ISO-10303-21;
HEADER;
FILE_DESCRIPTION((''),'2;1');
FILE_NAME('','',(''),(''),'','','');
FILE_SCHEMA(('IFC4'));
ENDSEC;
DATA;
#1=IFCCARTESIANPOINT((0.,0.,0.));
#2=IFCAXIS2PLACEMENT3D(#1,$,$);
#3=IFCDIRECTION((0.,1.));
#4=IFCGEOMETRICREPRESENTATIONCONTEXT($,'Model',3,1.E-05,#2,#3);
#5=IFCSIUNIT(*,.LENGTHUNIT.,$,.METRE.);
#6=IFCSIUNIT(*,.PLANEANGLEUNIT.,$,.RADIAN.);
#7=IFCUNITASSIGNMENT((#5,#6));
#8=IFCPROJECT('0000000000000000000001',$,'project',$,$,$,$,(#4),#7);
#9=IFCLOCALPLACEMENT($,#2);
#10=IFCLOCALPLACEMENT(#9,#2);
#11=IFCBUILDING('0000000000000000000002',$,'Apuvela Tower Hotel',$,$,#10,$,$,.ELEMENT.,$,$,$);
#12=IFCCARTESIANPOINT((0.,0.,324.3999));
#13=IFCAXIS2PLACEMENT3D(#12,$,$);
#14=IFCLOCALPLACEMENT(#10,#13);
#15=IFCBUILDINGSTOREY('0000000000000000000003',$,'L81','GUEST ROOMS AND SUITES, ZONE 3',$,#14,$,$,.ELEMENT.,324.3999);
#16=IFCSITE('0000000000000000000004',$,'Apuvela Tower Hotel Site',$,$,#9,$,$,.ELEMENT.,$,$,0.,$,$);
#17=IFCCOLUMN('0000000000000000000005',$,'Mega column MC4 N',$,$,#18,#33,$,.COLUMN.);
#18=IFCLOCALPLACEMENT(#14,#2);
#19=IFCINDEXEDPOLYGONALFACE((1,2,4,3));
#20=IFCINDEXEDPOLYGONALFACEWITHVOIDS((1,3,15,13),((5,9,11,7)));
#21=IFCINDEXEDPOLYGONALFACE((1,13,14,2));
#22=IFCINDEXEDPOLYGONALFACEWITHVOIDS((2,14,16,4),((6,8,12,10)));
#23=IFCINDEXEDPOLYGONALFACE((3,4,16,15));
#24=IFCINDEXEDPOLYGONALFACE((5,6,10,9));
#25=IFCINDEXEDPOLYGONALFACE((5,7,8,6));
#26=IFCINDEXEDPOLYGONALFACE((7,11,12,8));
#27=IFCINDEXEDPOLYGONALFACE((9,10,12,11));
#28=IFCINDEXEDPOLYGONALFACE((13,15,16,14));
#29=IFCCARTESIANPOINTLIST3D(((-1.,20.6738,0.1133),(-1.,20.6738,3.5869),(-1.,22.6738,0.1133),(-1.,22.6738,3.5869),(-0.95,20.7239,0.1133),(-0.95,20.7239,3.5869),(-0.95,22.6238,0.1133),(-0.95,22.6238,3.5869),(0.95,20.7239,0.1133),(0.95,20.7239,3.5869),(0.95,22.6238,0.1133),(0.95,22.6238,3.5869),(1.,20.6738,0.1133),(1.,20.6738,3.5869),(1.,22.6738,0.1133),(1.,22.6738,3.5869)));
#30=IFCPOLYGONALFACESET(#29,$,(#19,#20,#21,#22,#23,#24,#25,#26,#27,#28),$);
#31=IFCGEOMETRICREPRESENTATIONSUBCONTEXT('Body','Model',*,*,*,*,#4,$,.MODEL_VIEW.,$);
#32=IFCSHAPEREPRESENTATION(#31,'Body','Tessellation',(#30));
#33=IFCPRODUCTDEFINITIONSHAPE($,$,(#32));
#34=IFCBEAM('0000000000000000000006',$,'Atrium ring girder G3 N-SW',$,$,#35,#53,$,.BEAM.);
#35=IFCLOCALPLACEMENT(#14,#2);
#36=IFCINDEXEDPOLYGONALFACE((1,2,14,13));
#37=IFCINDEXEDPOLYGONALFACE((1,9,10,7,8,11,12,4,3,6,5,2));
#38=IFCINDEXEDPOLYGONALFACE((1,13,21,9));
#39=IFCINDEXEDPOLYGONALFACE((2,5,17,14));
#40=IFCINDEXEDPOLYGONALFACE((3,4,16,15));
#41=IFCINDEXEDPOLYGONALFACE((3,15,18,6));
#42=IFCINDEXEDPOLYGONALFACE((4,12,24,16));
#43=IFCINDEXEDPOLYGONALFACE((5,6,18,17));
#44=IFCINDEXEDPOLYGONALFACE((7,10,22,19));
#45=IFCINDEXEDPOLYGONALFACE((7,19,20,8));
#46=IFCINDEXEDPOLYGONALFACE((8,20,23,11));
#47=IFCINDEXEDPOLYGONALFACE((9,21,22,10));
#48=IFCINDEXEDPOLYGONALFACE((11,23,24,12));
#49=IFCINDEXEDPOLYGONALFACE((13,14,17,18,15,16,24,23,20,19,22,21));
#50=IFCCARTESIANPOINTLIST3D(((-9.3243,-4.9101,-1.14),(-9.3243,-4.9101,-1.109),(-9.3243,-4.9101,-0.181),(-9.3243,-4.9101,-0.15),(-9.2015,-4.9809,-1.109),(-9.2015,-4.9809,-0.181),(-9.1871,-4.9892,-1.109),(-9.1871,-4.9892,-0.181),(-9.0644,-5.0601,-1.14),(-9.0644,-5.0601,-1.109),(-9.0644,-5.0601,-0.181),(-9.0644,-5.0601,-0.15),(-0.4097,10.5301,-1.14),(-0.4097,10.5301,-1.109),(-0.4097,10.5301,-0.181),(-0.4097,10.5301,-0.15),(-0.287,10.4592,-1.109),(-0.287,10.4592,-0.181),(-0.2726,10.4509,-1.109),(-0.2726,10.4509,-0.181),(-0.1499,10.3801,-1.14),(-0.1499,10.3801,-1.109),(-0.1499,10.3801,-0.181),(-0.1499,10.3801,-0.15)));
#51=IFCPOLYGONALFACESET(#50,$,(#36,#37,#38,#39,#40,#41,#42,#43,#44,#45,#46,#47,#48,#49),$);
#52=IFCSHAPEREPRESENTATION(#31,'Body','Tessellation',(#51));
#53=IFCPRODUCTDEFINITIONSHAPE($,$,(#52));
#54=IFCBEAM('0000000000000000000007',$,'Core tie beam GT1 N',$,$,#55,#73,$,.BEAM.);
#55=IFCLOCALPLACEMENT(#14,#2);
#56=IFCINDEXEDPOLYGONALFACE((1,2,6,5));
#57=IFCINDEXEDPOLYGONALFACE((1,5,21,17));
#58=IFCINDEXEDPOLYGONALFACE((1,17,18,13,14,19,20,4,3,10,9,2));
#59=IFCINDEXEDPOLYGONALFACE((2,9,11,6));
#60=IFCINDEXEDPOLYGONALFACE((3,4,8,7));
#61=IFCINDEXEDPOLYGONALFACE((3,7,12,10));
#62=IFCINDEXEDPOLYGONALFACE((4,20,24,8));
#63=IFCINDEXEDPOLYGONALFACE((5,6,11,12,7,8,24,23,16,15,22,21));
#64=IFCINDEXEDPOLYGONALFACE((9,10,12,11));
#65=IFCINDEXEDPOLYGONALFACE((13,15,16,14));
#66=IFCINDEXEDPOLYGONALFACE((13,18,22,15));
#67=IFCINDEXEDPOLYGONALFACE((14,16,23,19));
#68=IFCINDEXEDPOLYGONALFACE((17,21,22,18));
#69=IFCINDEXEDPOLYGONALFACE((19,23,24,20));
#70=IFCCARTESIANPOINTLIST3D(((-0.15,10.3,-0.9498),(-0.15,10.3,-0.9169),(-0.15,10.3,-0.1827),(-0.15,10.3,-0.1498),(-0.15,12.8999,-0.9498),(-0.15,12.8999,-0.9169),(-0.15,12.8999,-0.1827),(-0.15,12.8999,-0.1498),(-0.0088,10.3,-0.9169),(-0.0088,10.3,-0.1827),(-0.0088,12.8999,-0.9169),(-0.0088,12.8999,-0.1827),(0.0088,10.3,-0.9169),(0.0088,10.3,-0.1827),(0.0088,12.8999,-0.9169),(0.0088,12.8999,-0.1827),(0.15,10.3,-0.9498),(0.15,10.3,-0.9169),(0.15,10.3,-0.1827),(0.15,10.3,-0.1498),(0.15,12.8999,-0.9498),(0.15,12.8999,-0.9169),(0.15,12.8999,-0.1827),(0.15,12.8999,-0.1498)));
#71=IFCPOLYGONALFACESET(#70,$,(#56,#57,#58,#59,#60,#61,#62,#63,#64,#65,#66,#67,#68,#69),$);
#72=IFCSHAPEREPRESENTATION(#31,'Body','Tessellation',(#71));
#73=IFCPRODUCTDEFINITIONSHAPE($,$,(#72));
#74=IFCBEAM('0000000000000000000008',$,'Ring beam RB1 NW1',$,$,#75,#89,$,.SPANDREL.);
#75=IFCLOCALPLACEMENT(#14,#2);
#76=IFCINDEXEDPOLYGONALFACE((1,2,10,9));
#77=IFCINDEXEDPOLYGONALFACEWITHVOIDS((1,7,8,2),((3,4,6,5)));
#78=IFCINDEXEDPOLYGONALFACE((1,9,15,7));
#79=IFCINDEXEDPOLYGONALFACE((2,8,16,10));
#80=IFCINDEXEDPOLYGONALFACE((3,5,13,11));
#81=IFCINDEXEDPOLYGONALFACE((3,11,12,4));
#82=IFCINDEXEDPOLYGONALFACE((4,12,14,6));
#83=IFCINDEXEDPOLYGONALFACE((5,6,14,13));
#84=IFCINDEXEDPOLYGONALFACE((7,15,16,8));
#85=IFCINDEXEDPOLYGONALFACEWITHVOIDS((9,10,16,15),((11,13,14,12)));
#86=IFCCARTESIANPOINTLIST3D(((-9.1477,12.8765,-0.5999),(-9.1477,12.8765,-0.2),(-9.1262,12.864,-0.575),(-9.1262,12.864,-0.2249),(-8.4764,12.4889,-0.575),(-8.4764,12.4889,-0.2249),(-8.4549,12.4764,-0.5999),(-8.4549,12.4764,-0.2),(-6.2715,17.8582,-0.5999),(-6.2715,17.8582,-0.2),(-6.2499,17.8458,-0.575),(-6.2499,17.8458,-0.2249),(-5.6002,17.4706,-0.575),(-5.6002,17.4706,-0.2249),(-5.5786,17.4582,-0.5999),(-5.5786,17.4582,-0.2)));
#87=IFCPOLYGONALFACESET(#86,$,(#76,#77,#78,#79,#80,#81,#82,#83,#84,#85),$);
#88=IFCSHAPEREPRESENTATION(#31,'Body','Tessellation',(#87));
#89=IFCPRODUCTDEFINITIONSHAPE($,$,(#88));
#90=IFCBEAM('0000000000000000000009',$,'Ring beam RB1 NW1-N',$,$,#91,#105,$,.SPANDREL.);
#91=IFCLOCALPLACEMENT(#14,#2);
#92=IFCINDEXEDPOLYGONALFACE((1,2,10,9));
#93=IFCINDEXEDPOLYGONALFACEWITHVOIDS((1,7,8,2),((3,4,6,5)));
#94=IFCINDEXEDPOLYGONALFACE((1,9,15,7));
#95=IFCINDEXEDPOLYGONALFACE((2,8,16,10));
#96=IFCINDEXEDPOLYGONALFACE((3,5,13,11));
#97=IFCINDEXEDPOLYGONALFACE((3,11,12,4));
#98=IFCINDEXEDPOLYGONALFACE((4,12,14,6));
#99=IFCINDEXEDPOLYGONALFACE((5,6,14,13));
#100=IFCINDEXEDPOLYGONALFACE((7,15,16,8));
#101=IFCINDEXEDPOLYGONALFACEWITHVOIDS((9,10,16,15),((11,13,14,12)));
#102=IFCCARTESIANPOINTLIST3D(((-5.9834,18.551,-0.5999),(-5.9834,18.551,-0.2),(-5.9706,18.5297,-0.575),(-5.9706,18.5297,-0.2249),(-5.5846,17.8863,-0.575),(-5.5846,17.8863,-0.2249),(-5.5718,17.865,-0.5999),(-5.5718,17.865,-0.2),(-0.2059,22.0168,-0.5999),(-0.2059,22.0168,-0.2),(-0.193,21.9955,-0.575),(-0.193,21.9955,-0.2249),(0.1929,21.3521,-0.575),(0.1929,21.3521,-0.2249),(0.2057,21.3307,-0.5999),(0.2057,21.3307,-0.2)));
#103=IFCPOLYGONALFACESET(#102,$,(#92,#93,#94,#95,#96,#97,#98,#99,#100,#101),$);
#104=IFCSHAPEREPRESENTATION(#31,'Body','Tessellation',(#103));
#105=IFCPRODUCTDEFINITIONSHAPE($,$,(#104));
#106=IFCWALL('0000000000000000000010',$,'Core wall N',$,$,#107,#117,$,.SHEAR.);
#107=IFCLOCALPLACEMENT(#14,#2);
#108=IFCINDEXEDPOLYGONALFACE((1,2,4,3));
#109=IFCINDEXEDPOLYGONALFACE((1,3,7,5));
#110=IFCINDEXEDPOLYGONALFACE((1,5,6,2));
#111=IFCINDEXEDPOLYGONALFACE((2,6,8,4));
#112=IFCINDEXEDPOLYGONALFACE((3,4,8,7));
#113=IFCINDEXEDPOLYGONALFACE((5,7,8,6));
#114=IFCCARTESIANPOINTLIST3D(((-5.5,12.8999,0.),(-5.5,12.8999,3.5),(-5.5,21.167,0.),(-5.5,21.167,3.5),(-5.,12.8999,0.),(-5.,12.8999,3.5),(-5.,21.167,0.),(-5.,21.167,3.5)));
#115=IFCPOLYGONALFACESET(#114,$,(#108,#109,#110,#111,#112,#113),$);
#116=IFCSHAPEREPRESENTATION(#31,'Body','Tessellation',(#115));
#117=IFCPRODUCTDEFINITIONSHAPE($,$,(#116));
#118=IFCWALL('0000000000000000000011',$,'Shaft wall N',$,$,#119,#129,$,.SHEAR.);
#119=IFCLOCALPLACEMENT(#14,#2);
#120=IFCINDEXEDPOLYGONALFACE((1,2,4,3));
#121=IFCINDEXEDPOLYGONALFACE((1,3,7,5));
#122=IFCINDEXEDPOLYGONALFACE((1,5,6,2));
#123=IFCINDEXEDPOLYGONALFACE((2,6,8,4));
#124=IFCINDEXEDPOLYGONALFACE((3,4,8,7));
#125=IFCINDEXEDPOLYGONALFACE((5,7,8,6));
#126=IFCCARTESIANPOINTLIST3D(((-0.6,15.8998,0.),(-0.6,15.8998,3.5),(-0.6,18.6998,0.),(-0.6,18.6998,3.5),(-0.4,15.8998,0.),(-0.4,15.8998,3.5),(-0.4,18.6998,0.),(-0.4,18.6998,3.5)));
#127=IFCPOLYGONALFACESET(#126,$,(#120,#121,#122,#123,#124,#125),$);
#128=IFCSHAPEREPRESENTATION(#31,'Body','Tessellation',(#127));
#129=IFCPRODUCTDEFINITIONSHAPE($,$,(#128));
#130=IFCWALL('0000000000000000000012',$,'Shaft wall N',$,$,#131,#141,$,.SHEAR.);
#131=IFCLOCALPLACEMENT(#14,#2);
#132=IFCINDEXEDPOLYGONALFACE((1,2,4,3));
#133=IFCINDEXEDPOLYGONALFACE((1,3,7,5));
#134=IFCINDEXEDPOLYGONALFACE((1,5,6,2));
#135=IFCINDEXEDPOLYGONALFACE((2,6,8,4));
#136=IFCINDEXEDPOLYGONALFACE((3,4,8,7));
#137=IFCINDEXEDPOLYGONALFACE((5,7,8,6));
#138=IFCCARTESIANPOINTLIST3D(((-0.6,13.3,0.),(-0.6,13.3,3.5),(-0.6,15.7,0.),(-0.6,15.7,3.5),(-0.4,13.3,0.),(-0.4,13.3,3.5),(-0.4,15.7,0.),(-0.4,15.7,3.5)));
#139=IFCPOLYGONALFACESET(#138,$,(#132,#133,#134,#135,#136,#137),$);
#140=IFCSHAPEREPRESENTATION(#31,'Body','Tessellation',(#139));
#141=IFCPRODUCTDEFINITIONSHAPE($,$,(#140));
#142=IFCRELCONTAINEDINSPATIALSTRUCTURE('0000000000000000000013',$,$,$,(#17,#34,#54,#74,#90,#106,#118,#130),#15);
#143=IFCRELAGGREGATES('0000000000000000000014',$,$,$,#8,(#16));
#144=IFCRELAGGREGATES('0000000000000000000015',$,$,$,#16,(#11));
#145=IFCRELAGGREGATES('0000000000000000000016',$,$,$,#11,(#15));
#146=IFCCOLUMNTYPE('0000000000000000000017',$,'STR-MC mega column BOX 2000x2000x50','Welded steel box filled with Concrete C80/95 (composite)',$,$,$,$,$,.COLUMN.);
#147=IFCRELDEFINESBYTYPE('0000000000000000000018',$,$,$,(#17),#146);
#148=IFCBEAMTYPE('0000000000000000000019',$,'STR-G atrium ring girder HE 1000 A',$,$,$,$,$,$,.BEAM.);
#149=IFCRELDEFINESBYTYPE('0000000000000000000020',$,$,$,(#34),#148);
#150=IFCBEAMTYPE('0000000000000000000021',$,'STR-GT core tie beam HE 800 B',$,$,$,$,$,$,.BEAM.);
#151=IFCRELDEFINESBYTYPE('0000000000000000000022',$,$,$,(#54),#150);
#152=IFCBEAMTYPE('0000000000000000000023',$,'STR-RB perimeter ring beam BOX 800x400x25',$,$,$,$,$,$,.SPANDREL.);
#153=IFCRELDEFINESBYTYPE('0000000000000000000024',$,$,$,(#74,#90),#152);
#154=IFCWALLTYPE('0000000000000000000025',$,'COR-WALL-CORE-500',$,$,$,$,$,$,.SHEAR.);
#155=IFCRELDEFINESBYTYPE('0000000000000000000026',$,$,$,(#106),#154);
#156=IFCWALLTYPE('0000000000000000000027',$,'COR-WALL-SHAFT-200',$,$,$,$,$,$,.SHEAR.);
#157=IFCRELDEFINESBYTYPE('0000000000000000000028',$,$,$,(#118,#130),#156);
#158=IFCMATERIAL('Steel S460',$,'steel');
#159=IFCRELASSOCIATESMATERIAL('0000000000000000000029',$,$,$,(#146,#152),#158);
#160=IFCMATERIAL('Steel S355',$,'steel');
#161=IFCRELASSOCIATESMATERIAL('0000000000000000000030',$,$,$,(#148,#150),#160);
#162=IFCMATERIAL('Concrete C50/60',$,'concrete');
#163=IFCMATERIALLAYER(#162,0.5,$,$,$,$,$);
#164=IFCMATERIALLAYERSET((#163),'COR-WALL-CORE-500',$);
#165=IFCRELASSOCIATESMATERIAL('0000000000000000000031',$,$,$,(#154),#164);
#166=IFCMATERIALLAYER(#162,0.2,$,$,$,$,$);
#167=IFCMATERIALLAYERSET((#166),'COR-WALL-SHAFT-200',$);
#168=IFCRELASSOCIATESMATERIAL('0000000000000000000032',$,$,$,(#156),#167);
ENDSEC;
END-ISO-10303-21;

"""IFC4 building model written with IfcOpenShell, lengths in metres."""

from ifc_helpers import new_model, si_unit, direction, frame, frame_2d, origin, origin_2d, place, context, subcontext, project, spatial, rectangle, hollow_rectangle, i_section, extrude, boolean, halfspace, material, layer, layer_set, material_profile, profile_set, type_object, element, save


model = new_model("IFC4")

# Units and contexts
model_context = context("Model", 3, precision=1e-05, world=origin(), true_north=direction((0.0, 1.0)))
body_context = subcontext(model_context, "Body", "Model", "MODEL_VIEW")
ifc_project = project(units=[si_unit("LENGTHUNIT", "METRE"), si_unit("PLANEANGLEUNIT", "RADIAN")], contexts=[model_context])

# Site, building, storey
site_placement = place(None, origin())
site = spatial("IfcSite", under=ifc_project, at=site_placement, Name="Apuvela Tower Hotel Site", CompositionType="ELEMENT", RefElevation=0.0)
building_placement = place(site_placement, origin())
building = spatial("IfcBuilding", under=site, at=building_placement, Name="Apuvela Tower Hotel", CompositionType="ELEMENT")
storey_placement = place(building_placement, frame((0.0, 0.0, 324.3999)))
storey = spatial("IfcBuildingStorey", under=building, at=storey_placement, Name="L81", Description="GUEST ROOMS AND SUITES, ZONE 3", CompositionType="ELEMENT", Elevation=324.3999)

# Column
ifc_material_1 = material(Name="Steel S460", Category="steel")
ifc_material_profile_1 = material_profile(ifc_material_1, hollow_rectangle(XDim=2.0, YDim=2.0, WallThickness=0.05, at=origin_2d()), Name="BOX 2000x2000x50")
ifc_material_2 = material(Name="Concrete C80/95", Category="concrete")
ifc_material_profile_2 = material_profile(ifc_material_2, rectangle(XDim=1.8999, YDim=1.8999, at=origin_2d()), Name="Concrete C80/95 infill")
ifc_profile_set_1 = profile_set([ifc_material_profile_1, ifc_material_profile_2], Name="Steel S460")
column_type = type_object("IfcColumnType", Name="STR-MC mega column BOX 2000x2000x50", Description="Welded steel box filled with Concrete C80/95 (composite)", PredefinedType="COLUMN", material=ifc_profile_set_1)
column_placement = place(storey_placement, frame((0.0, 21.6738, 0.0), z_axis=(0.0, 0.0, 1.0), x_axis=(1.0, 0.0, 0.0)))
element("IfcColumn", 1, at=column_placement, inside=storey, type_object=column_type, Name="Mega column MC4 N", PredefinedType="COLUMN", context=body_context, shape_type="SweptSolid", body=[
    boolean("DIFFERENCE", boolean("DIFFERENCE", extrude(hollow_rectangle(XDim=2.0, YDim=2.0, WallThickness=0.05, at=origin_2d()), origin(), (0.0, 0.0, 1.0), 3.7002), halfspace(frame((0.0, 0.0, 0.1133), z_axis=(0.0, 0.0, 1.0), x_axis=(1.0, 0.0, 0.0)), True)), halfspace(frame((0.0, 0.0, 3.5869), z_axis=(0.0, 0.0, 1.0), x_axis=(1.0, 0.0, 0.0)), False)),
])

# Beams
ifc_material_3 = material(Name="Steel S355", Category="steel")
ifc_material_profile_3 = material_profile(ifc_material_3, i_section(OverallWidth=0.3, OverallDepth=0.99, WebThickness=0.0166, FlangeThickness=0.031, at=origin_2d()), Name="HE 1000 A")
ifc_profile_set_2 = profile_set([ifc_material_profile_3], Name="Steel S355")
beam_type_1 = type_object("IfcBeamType", Name="STR-G atrium ring girder HE 1000 A", PredefinedType="BEAM", material=ifc_profile_set_2)
beam_1_placement = place(storey_placement, frame((-0.2798, 10.4551, -0.645), z_axis=(-0.500007, -0.866022, 0.0), x_axis=(0.866022, -0.500007, 0.0)))
element("IfcBeam", 2, at=beam_1_placement, inside=storey, type_object=beam_type_1, Name="Atrium ring girder G3 N-SW", PredefinedType="BEAM", context=body_context, shape_type="SweptSolid", body=[
    extrude(i_section(OverallWidth=0.3, OverallDepth=0.99, WebThickness=0.0166, FlangeThickness=0.031, at=origin_2d()), origin(), (0.0, 0.0, 1.0), 17.8289),
])
ifc_material_profile_4 = material_profile(ifc_material_3, i_section(OverallWidth=0.3, OverallDepth=0.8, WebThickness=0.0176, FlangeThickness=0.033, at=origin_2d()), Name="HE 800 B")
ifc_profile_set_3 = profile_set([ifc_material_profile_4], Name="Steel S355")
beam_type_2 = type_object("IfcBeamType", Name="STR-GT core tie beam HE 800 B", PredefinedType="BEAM", material=ifc_profile_set_3)
beam_2_placement = place(storey_placement, frame((0.0, 12.8999, -0.5498), z_axis=(0.0, -1.0, 0.0), x_axis=(1.0, 0.0, 0.0)))
element("IfcBeam", 3, at=beam_2_placement, inside=storey, type_object=beam_type_2, Name="Core tie beam GT1 N", PredefinedType="BEAM", context=body_context, shape_type="SweptSolid", body=[
    extrude(i_section(OverallWidth=0.3, OverallDepth=0.8, WebThickness=0.0176, FlangeThickness=0.033, at=origin_2d()), origin(), (0.0, 0.0, 1.0), 2.5999),
])
ifc_material_profile_5 = material_profile(ifc_material_1, hollow_rectangle(XDim=0.8, YDim=0.3999, WallThickness=0.0249, at=origin_2d()), Name="BOX 800x400x25")
ifc_profile_set_4 = profile_set([ifc_material_profile_5], Name="Steel S460")
beam_type_3 = type_object("IfcBeamType", Name="STR-RB perimeter ring beam BOX 800x400x25", PredefinedType="SPANDREL", material=ifc_profile_set_4)
beam_3_placement = place(storey_placement, frame((-5.925, 17.6582, -0.3999), z_axis=(-0.500005, -0.866022, 0.0), x_axis=(0.866022, -0.500005, 0.0)))
element("IfcBeam", 4, at=beam_3_placement, inside=storey, type_object=beam_type_3, Name="Ring beam RB1 NW1", PredefinedType="SPANDREL", context=body_context, shape_type="SweptSolid", body=[
    extrude(hollow_rectangle(XDim=0.8, YDim=0.3999, WallThickness=0.0249, at=origin_2d()), origin(), (0.0, 0.0, 1.0), 5.7524),
])
beam_4_placement = place(storey_placement, frame((-5.7776, 18.208, -0.3999), z_axis=(0.857541, 0.514416, 0.0), x_axis=(-0.514416, 0.857541, 0.0)))
element("IfcBeam", 5, at=beam_4_placement, inside=storey, type_object=beam_type_3, Name="Ring beam RB1 NW1-N", PredefinedType="SPANDREL", context=body_context, shape_type="SweptSolid", body=[
    extrude(hollow_rectangle(XDim=0.8, YDim=0.3999, WallThickness=0.0249, at=origin_2d()), origin(), (0.0, 0.0, 1.0), 6.7373),
])

# Walls
ifc_material_4 = material(Name="Concrete C50/60", Category="concrete")
ifc_layer_1 = layer(ifc_material_4, 0.5)
ifc_layer_set_1 = layer_set([ifc_layer_1], Name="COR-WALL-CORE-500")
wall_type_1 = type_object("IfcWallType", Name="COR-WALL-CORE-500", PredefinedType="SHEAR", material=ifc_layer_set_1)
wall_1_placement = place(storey_placement, frame((-5.25, 12.8999, 0.0), z_axis=(0.0, 0.0, 1.0), x_axis=(0.0, 1.0, 0.0)))
element("IfcWall", 6, at=wall_1_placement, inside=storey, type_object=wall_type_1, Name="Core wall N", PredefinedType="SHEAR", context=body_context, shape_type="SweptSolid", body=[
    extrude(rectangle(XDim=8.2671, YDim=0.5, at=frame_2d((4.1335, 0.0))), origin(), (0.0, 0.0, 1.0), 3.5),
])
ifc_layer_2 = layer(ifc_material_4, 0.2)
ifc_layer_set_2 = layer_set([ifc_layer_2], Name="COR-WALL-SHAFT-200")
wall_type_2 = type_object("IfcWallType", Name="COR-WALL-SHAFT-200", PredefinedType="SHEAR", material=ifc_layer_set_2)
wall_2_placement = place(storey_placement, frame((-0.5, 15.8999, 0.0), z_axis=(0.0, 0.0, 1.0), x_axis=(0.0, 1.0, 0.0)))
element("IfcWall", 7, at=wall_2_placement, inside=storey, type_object=wall_type_2, Name="Shaft wall N", PredefinedType="SHEAR", context=body_context, shape_type="SweptSolid", body=[
    extrude(rectangle(XDim=2.8, YDim=0.2, at=frame_2d((1.3999, 0.0))), origin(), (0.0, 0.0, 1.0), 3.5),
])
wall_3_placement = place(storey_placement, frame((-0.5, 13.3, 0.0), z_axis=(0.0, 0.0, 1.0), x_axis=(0.0, 1.0, 0.0)))
element("IfcWall", 8, at=wall_3_placement, inside=storey, type_object=wall_type_2, Name="Shaft wall N", PredefinedType="SHEAR", context=body_context, shape_type="SweptSolid", body=[
    extrude(rectangle(XDim=2.3999, YDim=0.2, at=frame_2d((1.2, 0.0))), origin(), (0.0, 0.0, 1.0), 3.5),
])

save(model, "model.ifc")
